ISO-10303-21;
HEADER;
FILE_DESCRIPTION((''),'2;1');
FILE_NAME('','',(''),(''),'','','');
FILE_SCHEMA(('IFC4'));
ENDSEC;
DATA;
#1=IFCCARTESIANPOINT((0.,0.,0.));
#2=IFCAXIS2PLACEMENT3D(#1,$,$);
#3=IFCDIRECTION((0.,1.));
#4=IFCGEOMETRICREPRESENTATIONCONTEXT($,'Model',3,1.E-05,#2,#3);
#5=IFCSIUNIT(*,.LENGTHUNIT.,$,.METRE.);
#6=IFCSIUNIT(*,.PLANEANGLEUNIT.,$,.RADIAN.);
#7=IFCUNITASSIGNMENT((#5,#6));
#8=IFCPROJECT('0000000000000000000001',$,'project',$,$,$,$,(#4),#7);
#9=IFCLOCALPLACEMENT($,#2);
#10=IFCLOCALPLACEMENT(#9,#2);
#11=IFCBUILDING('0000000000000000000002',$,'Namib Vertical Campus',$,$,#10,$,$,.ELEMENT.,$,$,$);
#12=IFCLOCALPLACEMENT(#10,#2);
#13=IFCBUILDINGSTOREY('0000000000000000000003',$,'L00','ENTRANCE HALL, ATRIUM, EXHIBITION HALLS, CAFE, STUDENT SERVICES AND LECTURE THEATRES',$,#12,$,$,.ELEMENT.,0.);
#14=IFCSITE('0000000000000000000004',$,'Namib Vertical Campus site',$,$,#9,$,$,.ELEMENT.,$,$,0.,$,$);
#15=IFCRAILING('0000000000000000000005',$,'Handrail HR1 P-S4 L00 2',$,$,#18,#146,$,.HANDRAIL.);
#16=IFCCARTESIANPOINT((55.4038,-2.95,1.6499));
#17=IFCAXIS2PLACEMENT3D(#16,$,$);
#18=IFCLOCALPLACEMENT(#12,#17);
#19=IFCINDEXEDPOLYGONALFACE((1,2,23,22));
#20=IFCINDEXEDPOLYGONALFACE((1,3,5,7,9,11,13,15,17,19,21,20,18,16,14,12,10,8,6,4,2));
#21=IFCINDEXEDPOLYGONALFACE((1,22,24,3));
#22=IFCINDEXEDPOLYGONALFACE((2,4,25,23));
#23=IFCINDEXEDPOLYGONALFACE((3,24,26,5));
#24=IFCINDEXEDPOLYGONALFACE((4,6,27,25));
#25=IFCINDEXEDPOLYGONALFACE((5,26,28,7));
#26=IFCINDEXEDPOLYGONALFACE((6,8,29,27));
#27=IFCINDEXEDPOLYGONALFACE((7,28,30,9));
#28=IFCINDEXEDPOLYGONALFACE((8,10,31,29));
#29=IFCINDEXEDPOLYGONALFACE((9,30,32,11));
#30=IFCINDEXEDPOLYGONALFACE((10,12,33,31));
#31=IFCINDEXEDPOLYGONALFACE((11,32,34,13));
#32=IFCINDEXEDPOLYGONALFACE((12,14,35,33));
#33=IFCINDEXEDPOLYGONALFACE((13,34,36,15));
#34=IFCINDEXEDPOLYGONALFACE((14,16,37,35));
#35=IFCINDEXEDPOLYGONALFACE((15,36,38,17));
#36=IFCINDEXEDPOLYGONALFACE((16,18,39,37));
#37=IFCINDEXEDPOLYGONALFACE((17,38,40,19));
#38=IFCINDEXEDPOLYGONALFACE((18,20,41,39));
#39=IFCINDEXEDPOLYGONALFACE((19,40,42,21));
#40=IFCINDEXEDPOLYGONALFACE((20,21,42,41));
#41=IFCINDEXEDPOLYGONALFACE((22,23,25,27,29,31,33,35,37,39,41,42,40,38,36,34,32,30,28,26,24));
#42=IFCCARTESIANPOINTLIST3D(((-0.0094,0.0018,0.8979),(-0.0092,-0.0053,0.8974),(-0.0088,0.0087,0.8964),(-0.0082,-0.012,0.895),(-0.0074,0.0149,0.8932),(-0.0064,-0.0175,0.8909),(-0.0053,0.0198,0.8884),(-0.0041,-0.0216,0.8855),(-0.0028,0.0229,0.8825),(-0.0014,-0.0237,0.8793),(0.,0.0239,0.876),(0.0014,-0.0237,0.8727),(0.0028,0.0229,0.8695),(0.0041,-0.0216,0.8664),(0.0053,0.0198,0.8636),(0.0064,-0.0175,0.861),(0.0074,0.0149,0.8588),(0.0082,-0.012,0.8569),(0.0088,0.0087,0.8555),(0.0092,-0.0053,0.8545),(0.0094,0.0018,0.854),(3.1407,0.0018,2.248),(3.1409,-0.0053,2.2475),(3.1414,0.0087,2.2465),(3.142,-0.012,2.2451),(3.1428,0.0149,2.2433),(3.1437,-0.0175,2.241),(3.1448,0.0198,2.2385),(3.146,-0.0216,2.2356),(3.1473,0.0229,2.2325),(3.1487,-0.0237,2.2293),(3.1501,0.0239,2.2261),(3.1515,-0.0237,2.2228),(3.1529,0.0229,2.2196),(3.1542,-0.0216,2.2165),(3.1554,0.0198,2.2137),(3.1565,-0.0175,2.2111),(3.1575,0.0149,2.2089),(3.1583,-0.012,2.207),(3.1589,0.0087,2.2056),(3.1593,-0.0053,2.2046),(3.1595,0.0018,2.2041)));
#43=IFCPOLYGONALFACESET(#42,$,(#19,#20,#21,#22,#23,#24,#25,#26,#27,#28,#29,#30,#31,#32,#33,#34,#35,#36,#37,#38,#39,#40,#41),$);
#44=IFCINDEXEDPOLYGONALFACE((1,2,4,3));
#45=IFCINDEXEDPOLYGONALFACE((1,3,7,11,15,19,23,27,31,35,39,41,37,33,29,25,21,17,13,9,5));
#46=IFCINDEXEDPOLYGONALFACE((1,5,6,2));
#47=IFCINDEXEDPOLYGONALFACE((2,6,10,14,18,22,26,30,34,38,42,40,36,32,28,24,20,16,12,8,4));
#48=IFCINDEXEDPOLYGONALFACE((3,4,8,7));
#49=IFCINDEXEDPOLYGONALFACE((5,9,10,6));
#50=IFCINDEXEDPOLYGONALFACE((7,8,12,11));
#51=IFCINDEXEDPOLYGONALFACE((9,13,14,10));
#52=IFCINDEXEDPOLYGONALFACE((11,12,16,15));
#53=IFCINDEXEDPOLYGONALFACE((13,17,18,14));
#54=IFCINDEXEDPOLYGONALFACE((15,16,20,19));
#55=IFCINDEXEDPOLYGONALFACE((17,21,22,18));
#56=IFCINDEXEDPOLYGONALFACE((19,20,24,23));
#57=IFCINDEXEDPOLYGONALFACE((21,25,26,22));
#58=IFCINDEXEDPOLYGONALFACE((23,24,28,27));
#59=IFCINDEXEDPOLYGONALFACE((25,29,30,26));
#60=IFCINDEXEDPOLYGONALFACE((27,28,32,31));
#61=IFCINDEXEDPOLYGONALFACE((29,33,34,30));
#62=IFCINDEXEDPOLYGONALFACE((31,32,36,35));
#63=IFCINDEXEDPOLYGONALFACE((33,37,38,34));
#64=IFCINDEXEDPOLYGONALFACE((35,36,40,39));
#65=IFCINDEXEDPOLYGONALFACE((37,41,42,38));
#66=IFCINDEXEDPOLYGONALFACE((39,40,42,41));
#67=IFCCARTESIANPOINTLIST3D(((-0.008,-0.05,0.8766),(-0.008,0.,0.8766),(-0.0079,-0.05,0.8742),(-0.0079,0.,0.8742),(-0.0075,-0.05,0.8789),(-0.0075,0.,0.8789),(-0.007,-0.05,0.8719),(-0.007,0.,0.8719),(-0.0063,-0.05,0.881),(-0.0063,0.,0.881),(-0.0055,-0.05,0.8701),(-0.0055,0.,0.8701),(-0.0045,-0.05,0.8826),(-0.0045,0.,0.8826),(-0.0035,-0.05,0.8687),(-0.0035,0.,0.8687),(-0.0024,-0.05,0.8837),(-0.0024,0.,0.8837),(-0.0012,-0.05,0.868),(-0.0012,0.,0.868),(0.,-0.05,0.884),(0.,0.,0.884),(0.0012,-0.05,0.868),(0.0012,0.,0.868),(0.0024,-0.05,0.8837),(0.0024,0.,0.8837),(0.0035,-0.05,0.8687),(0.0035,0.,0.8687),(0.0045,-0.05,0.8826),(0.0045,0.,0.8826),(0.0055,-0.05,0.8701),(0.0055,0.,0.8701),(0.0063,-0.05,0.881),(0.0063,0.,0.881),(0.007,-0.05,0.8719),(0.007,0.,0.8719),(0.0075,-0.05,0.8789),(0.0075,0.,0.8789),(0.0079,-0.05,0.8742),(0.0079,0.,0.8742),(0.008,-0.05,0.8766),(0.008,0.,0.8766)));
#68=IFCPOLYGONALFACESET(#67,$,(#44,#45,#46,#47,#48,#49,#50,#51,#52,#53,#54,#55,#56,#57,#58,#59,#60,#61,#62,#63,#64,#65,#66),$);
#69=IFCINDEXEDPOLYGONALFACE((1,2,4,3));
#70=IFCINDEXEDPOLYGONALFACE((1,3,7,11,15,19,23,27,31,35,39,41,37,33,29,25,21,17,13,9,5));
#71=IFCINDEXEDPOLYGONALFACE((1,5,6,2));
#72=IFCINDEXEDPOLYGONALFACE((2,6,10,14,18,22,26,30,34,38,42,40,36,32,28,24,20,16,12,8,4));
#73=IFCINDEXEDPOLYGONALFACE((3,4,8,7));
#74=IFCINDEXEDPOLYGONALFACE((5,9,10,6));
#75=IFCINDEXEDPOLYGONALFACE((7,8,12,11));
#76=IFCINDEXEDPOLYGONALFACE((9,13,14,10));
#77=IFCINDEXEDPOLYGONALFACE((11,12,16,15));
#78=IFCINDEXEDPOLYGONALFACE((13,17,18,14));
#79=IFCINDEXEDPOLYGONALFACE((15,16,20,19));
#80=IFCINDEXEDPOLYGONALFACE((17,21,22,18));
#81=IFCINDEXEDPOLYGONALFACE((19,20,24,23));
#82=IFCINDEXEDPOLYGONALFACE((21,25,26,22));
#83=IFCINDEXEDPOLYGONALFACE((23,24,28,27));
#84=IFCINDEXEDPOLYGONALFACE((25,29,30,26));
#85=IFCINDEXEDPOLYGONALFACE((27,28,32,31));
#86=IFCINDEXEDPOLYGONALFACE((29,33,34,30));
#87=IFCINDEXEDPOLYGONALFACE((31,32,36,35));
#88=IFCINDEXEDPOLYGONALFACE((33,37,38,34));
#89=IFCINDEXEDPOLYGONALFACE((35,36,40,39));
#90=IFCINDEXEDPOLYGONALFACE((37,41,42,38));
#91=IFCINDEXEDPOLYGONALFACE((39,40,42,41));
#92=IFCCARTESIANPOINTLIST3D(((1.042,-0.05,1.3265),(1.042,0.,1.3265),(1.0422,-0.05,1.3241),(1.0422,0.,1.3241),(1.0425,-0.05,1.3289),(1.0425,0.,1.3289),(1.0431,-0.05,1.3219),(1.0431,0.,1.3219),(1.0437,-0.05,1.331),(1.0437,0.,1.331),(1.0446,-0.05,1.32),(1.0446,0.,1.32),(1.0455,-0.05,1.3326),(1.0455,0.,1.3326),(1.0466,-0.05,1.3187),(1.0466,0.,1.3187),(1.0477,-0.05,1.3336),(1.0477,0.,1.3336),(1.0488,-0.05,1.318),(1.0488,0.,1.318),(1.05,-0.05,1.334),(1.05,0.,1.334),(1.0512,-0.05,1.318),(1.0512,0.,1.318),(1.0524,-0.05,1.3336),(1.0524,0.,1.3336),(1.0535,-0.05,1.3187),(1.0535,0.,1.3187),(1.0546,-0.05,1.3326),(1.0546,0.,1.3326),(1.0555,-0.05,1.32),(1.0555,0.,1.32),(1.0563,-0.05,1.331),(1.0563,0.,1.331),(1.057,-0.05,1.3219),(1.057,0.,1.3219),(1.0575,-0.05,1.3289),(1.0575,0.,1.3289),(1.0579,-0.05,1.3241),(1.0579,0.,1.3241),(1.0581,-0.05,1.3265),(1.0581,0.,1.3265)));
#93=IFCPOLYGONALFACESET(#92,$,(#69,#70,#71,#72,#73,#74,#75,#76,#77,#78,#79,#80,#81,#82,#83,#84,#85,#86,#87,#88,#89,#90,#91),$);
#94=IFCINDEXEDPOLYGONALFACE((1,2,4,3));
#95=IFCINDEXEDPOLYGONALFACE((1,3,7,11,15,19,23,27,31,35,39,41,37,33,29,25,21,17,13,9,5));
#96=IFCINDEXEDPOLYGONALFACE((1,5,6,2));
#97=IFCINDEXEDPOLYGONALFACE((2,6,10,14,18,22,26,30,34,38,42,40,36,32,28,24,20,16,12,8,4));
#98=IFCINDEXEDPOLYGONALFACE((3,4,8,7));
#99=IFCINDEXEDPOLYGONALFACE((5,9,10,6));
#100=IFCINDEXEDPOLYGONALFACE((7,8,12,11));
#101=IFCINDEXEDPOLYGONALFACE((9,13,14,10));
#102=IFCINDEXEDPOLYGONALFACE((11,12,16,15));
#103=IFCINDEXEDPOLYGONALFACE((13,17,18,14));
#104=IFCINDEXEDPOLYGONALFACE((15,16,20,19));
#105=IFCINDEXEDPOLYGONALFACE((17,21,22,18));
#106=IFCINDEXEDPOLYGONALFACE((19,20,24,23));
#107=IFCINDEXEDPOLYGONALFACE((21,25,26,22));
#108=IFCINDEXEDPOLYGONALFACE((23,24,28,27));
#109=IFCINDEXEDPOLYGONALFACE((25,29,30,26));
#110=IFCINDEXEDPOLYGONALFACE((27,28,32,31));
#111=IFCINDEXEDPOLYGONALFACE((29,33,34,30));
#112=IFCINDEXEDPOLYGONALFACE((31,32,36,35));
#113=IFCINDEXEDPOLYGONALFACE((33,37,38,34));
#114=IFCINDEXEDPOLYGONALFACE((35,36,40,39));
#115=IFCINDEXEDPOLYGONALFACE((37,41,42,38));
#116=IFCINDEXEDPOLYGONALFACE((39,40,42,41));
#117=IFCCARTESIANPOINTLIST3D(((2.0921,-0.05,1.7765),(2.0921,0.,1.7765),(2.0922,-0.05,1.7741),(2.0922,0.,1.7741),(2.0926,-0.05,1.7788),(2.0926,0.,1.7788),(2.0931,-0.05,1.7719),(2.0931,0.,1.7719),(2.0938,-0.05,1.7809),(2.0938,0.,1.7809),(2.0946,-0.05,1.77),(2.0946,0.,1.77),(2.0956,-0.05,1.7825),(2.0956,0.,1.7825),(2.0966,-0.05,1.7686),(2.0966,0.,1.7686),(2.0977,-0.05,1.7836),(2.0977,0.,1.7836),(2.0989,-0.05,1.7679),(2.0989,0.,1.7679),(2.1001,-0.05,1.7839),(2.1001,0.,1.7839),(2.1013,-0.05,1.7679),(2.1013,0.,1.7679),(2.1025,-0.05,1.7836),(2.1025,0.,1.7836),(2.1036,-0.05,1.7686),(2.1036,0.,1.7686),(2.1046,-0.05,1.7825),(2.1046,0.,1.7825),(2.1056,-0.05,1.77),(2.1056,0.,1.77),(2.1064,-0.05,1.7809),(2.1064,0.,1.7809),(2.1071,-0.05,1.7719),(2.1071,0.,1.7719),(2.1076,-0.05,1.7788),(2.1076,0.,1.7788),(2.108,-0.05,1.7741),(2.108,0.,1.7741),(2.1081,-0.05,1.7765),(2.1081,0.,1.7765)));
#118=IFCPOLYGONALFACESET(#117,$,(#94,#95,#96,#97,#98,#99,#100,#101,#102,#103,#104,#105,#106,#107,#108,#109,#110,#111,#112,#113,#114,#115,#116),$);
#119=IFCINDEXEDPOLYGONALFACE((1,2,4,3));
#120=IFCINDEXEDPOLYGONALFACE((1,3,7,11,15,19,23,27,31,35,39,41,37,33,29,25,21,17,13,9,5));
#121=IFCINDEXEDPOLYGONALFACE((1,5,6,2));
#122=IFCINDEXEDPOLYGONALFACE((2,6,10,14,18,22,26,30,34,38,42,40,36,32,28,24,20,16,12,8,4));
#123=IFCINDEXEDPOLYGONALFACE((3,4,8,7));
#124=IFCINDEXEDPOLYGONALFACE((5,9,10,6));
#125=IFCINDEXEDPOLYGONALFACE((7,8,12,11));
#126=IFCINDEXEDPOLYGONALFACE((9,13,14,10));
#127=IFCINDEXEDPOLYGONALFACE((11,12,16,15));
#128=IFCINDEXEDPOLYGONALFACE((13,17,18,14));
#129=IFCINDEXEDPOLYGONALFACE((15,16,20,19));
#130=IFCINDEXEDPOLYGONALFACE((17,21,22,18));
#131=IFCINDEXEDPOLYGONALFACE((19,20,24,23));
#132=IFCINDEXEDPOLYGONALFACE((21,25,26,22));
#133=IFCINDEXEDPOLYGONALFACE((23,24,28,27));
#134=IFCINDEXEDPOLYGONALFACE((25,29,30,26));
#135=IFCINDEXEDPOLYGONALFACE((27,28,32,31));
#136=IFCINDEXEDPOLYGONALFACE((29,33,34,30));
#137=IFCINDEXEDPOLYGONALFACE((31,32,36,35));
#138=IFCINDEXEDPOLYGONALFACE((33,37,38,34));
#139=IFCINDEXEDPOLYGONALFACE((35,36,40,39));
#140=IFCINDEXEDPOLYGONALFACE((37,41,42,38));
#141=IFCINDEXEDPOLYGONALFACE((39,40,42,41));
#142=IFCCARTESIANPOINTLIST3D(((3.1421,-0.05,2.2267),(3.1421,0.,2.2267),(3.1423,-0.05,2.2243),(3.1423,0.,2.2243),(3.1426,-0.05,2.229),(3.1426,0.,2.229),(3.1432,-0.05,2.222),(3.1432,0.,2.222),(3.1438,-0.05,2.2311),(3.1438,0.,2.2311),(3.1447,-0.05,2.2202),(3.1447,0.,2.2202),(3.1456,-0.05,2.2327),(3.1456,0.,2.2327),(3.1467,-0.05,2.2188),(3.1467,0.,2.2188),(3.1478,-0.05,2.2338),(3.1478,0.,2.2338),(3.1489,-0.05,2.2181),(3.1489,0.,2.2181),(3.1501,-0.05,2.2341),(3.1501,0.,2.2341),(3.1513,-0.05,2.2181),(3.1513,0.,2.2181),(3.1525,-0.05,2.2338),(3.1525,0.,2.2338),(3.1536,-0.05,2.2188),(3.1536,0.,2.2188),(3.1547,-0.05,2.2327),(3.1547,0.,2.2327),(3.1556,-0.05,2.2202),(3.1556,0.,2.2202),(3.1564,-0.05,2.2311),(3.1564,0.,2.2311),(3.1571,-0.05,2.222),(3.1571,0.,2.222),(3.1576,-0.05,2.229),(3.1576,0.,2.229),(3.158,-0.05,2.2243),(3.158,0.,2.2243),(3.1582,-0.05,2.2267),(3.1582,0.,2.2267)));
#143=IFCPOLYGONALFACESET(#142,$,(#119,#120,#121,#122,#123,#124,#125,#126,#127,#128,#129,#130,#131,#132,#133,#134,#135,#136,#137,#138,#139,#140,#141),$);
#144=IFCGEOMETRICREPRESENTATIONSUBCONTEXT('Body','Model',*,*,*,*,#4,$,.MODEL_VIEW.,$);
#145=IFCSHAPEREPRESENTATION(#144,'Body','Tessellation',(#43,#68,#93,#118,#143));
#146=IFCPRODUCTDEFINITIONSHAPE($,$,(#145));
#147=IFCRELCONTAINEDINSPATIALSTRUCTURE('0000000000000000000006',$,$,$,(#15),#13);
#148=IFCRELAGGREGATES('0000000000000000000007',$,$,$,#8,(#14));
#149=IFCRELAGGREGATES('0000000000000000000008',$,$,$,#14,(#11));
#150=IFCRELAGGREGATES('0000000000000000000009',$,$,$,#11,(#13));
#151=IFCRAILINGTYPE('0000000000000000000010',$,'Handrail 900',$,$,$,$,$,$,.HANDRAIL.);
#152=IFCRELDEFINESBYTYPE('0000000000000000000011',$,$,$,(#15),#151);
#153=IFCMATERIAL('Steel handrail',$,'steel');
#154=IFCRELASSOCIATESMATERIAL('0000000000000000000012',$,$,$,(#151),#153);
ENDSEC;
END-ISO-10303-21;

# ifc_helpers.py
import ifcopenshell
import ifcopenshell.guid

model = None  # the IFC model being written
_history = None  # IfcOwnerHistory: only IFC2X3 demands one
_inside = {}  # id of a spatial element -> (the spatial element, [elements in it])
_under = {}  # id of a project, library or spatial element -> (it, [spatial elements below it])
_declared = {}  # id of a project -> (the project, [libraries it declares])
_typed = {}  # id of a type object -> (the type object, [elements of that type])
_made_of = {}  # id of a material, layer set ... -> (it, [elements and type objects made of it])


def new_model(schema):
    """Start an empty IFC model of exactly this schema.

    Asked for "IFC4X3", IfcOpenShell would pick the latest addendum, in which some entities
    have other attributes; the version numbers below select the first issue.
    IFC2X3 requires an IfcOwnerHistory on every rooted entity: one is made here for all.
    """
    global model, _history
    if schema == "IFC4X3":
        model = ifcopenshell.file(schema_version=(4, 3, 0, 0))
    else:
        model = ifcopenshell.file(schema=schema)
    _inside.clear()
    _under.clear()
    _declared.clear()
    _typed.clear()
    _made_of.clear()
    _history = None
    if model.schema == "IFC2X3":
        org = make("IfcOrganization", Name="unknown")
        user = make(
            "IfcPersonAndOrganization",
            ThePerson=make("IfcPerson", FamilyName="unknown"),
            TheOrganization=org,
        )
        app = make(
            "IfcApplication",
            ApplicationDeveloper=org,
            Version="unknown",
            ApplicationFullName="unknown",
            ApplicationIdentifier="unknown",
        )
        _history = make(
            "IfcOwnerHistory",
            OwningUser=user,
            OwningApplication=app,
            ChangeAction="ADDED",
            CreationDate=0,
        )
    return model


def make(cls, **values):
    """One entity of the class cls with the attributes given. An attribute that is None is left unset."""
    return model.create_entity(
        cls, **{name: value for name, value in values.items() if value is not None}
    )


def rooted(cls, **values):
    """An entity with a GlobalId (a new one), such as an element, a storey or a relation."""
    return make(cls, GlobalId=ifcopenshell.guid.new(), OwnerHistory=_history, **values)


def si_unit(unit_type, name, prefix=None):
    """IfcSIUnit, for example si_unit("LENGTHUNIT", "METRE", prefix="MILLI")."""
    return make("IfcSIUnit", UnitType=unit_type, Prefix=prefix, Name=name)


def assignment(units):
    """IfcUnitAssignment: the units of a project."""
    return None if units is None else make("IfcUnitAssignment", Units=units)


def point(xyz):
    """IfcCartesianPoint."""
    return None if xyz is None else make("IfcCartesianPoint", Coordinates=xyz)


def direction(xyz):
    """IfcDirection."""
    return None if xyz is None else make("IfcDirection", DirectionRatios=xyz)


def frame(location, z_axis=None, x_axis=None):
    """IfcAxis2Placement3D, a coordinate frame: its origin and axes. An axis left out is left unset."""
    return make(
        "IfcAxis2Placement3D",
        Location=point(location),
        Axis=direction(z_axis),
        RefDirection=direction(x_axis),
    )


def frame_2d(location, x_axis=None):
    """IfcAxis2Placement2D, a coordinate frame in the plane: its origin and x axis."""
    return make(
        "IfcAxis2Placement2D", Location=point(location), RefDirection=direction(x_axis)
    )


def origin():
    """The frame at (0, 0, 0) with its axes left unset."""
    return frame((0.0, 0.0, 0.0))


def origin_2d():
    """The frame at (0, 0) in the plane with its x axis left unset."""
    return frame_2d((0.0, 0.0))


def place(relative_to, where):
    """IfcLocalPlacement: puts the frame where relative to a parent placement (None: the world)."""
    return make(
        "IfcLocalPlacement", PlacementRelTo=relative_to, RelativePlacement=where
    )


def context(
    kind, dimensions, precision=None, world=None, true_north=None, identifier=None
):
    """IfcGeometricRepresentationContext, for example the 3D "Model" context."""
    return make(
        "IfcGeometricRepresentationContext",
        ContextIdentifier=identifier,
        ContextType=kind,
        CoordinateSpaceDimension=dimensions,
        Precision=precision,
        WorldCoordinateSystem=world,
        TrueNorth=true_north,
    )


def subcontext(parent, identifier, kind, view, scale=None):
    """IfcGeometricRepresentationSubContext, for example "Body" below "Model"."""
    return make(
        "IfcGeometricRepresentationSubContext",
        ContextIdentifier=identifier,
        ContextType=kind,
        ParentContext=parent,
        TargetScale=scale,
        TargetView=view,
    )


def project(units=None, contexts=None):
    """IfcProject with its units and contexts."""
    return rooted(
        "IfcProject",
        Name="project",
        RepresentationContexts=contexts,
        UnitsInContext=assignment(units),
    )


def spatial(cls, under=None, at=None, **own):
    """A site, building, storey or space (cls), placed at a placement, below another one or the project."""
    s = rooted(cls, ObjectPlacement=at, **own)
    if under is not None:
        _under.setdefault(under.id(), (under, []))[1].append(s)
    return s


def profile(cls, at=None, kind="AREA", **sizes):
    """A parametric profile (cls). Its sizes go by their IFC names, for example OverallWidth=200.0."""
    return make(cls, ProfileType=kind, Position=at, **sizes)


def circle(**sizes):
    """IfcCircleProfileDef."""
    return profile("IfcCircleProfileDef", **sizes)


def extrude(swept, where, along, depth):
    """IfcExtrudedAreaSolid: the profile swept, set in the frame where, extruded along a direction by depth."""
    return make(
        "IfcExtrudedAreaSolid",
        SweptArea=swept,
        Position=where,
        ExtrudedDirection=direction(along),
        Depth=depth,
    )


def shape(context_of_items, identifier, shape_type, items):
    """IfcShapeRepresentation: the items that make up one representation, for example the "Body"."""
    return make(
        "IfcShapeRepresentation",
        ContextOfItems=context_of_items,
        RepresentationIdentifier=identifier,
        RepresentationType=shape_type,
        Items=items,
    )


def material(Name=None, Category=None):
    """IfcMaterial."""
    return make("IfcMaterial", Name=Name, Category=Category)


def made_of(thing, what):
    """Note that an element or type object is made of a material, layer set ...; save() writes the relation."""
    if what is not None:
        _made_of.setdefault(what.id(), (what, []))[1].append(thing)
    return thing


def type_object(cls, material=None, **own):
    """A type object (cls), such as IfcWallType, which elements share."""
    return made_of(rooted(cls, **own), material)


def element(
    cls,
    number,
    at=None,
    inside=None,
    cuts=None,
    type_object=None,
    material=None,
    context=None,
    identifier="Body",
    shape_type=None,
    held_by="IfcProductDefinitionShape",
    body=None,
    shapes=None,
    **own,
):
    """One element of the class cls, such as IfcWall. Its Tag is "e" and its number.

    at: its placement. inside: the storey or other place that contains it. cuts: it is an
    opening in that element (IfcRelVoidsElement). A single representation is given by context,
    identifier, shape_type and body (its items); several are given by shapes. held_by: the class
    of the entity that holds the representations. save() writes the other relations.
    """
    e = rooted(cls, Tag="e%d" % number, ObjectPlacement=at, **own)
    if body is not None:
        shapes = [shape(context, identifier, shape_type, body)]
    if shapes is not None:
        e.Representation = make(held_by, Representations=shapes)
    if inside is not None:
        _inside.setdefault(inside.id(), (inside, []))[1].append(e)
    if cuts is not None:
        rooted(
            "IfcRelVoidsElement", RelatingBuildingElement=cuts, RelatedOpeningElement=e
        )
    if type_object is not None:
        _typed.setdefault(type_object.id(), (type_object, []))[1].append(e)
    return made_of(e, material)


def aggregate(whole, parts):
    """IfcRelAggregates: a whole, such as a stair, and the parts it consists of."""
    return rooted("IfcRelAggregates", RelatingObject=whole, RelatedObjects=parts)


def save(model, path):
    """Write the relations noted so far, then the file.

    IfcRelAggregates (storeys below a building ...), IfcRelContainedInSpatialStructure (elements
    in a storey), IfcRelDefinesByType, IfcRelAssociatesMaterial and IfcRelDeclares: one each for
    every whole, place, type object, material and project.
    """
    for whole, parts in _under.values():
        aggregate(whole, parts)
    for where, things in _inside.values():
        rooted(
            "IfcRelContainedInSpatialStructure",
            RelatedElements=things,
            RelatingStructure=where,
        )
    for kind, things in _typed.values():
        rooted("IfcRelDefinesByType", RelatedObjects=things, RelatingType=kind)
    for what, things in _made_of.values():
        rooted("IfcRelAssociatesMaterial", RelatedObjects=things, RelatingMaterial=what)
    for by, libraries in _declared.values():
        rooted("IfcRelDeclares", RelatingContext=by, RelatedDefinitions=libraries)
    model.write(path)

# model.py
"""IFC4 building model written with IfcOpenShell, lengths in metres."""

from ifc_helpers import new_model, si_unit, direction, frame, origin, origin_2d, place, context, subcontext, project, spatial, circle, extrude, material, type_object, element, save


model = new_model("IFC4")

# Units and contexts
model_context = context("Model", 3, precision=1e-05, world=origin(), true_north=direction((0.0, 1.0)))
body_context = subcontext(model_context, "Body", "Model", "MODEL_VIEW")
ifc_project = project(units=[si_unit("LENGTHUNIT", "METRE"), si_unit("PLANEANGLEUNIT", "RADIAN")], contexts=[model_context])

# Site, building, storey
site_placement = place(None, origin())
site = spatial("IfcSite", under=ifc_project, at=site_placement, Name="Namib Vertical Campus site", CompositionType="ELEMENT", RefElevation=0.0)
building_placement = place(site_placement, origin())
building = spatial("IfcBuilding", under=site, at=building_placement, Name="Namib Vertical Campus", CompositionType="ELEMENT")
storey_placement = place(building_placement, origin())
storey = spatial("IfcBuildingStorey", under=building, at=storey_placement, Name="L00", Description="ENTRANCE HALL, ATRIUM, EXHIBITION HALLS, CAFE, STUDENT SERVICES AND LECTURE THEATRES", CompositionType="ELEMENT", Elevation=0.0)

# Railing
ifc_material_1 = material(Name="Steel handrail", Category="steel")
railing_type_1 = type_object("IfcRailingType", Name="Handrail 900", PredefinedType="HANDRAIL", material=ifc_material_1)
railing_1_placement = place(storey_placement, frame((55.4038, -2.95, 1.6499)))
element("IfcRailing", 1, at=railing_1_placement, inside=storey, type_object=railing_type_1, Name="Handrail HR1 P-S4 L00 2", PredefinedType="HANDRAIL", context=body_context, shape_type="SweptSolid", body=[
    extrude(circle(Radius=0.0239, at=origin_2d()), frame((0.0, 0.0, 0.876), z_axis=(0.919141, 0.0, 0.393928), x_axis=(0.0, 1.0, 0.0)), (0.0, 0.0, 1.0), 3.4272),
    extrude(circle(Radius=0.0081, at=origin_2d()), frame((0.0, 0.0, 0.876), z_axis=(0.0, -1.0, 0.0), x_axis=(0.0, 0.0, 1.0)), (0.0, 0.0, 1.0), 0.05),
    extrude(circle(Radius=0.0081, at=origin_2d()), frame((1.05, 0.0, 1.3259), z_axis=(0.0, -1.0, 0.0), x_axis=(0.0, 0.0, 1.0)), (0.0, 0.0, 1.0), 0.05),
    extrude(circle(Radius=0.0081, at=origin_2d()), frame((2.1001, 0.0, 1.7759), z_axis=(0.0, -1.0, 0.0), x_axis=(0.0, 0.0, 1.0)), (0.0, 0.0, 1.0), 0.05),
    extrude(circle(Radius=0.0081, at=origin_2d()), frame((3.1501, 0.0, 2.2261), z_axis=(0.0, -1.0, 0.0), x_axis=(0.0, 0.0, 1.0)), (0.0, 0.0, 1.0), 0.05),
])

save(model, "model.ifc")
